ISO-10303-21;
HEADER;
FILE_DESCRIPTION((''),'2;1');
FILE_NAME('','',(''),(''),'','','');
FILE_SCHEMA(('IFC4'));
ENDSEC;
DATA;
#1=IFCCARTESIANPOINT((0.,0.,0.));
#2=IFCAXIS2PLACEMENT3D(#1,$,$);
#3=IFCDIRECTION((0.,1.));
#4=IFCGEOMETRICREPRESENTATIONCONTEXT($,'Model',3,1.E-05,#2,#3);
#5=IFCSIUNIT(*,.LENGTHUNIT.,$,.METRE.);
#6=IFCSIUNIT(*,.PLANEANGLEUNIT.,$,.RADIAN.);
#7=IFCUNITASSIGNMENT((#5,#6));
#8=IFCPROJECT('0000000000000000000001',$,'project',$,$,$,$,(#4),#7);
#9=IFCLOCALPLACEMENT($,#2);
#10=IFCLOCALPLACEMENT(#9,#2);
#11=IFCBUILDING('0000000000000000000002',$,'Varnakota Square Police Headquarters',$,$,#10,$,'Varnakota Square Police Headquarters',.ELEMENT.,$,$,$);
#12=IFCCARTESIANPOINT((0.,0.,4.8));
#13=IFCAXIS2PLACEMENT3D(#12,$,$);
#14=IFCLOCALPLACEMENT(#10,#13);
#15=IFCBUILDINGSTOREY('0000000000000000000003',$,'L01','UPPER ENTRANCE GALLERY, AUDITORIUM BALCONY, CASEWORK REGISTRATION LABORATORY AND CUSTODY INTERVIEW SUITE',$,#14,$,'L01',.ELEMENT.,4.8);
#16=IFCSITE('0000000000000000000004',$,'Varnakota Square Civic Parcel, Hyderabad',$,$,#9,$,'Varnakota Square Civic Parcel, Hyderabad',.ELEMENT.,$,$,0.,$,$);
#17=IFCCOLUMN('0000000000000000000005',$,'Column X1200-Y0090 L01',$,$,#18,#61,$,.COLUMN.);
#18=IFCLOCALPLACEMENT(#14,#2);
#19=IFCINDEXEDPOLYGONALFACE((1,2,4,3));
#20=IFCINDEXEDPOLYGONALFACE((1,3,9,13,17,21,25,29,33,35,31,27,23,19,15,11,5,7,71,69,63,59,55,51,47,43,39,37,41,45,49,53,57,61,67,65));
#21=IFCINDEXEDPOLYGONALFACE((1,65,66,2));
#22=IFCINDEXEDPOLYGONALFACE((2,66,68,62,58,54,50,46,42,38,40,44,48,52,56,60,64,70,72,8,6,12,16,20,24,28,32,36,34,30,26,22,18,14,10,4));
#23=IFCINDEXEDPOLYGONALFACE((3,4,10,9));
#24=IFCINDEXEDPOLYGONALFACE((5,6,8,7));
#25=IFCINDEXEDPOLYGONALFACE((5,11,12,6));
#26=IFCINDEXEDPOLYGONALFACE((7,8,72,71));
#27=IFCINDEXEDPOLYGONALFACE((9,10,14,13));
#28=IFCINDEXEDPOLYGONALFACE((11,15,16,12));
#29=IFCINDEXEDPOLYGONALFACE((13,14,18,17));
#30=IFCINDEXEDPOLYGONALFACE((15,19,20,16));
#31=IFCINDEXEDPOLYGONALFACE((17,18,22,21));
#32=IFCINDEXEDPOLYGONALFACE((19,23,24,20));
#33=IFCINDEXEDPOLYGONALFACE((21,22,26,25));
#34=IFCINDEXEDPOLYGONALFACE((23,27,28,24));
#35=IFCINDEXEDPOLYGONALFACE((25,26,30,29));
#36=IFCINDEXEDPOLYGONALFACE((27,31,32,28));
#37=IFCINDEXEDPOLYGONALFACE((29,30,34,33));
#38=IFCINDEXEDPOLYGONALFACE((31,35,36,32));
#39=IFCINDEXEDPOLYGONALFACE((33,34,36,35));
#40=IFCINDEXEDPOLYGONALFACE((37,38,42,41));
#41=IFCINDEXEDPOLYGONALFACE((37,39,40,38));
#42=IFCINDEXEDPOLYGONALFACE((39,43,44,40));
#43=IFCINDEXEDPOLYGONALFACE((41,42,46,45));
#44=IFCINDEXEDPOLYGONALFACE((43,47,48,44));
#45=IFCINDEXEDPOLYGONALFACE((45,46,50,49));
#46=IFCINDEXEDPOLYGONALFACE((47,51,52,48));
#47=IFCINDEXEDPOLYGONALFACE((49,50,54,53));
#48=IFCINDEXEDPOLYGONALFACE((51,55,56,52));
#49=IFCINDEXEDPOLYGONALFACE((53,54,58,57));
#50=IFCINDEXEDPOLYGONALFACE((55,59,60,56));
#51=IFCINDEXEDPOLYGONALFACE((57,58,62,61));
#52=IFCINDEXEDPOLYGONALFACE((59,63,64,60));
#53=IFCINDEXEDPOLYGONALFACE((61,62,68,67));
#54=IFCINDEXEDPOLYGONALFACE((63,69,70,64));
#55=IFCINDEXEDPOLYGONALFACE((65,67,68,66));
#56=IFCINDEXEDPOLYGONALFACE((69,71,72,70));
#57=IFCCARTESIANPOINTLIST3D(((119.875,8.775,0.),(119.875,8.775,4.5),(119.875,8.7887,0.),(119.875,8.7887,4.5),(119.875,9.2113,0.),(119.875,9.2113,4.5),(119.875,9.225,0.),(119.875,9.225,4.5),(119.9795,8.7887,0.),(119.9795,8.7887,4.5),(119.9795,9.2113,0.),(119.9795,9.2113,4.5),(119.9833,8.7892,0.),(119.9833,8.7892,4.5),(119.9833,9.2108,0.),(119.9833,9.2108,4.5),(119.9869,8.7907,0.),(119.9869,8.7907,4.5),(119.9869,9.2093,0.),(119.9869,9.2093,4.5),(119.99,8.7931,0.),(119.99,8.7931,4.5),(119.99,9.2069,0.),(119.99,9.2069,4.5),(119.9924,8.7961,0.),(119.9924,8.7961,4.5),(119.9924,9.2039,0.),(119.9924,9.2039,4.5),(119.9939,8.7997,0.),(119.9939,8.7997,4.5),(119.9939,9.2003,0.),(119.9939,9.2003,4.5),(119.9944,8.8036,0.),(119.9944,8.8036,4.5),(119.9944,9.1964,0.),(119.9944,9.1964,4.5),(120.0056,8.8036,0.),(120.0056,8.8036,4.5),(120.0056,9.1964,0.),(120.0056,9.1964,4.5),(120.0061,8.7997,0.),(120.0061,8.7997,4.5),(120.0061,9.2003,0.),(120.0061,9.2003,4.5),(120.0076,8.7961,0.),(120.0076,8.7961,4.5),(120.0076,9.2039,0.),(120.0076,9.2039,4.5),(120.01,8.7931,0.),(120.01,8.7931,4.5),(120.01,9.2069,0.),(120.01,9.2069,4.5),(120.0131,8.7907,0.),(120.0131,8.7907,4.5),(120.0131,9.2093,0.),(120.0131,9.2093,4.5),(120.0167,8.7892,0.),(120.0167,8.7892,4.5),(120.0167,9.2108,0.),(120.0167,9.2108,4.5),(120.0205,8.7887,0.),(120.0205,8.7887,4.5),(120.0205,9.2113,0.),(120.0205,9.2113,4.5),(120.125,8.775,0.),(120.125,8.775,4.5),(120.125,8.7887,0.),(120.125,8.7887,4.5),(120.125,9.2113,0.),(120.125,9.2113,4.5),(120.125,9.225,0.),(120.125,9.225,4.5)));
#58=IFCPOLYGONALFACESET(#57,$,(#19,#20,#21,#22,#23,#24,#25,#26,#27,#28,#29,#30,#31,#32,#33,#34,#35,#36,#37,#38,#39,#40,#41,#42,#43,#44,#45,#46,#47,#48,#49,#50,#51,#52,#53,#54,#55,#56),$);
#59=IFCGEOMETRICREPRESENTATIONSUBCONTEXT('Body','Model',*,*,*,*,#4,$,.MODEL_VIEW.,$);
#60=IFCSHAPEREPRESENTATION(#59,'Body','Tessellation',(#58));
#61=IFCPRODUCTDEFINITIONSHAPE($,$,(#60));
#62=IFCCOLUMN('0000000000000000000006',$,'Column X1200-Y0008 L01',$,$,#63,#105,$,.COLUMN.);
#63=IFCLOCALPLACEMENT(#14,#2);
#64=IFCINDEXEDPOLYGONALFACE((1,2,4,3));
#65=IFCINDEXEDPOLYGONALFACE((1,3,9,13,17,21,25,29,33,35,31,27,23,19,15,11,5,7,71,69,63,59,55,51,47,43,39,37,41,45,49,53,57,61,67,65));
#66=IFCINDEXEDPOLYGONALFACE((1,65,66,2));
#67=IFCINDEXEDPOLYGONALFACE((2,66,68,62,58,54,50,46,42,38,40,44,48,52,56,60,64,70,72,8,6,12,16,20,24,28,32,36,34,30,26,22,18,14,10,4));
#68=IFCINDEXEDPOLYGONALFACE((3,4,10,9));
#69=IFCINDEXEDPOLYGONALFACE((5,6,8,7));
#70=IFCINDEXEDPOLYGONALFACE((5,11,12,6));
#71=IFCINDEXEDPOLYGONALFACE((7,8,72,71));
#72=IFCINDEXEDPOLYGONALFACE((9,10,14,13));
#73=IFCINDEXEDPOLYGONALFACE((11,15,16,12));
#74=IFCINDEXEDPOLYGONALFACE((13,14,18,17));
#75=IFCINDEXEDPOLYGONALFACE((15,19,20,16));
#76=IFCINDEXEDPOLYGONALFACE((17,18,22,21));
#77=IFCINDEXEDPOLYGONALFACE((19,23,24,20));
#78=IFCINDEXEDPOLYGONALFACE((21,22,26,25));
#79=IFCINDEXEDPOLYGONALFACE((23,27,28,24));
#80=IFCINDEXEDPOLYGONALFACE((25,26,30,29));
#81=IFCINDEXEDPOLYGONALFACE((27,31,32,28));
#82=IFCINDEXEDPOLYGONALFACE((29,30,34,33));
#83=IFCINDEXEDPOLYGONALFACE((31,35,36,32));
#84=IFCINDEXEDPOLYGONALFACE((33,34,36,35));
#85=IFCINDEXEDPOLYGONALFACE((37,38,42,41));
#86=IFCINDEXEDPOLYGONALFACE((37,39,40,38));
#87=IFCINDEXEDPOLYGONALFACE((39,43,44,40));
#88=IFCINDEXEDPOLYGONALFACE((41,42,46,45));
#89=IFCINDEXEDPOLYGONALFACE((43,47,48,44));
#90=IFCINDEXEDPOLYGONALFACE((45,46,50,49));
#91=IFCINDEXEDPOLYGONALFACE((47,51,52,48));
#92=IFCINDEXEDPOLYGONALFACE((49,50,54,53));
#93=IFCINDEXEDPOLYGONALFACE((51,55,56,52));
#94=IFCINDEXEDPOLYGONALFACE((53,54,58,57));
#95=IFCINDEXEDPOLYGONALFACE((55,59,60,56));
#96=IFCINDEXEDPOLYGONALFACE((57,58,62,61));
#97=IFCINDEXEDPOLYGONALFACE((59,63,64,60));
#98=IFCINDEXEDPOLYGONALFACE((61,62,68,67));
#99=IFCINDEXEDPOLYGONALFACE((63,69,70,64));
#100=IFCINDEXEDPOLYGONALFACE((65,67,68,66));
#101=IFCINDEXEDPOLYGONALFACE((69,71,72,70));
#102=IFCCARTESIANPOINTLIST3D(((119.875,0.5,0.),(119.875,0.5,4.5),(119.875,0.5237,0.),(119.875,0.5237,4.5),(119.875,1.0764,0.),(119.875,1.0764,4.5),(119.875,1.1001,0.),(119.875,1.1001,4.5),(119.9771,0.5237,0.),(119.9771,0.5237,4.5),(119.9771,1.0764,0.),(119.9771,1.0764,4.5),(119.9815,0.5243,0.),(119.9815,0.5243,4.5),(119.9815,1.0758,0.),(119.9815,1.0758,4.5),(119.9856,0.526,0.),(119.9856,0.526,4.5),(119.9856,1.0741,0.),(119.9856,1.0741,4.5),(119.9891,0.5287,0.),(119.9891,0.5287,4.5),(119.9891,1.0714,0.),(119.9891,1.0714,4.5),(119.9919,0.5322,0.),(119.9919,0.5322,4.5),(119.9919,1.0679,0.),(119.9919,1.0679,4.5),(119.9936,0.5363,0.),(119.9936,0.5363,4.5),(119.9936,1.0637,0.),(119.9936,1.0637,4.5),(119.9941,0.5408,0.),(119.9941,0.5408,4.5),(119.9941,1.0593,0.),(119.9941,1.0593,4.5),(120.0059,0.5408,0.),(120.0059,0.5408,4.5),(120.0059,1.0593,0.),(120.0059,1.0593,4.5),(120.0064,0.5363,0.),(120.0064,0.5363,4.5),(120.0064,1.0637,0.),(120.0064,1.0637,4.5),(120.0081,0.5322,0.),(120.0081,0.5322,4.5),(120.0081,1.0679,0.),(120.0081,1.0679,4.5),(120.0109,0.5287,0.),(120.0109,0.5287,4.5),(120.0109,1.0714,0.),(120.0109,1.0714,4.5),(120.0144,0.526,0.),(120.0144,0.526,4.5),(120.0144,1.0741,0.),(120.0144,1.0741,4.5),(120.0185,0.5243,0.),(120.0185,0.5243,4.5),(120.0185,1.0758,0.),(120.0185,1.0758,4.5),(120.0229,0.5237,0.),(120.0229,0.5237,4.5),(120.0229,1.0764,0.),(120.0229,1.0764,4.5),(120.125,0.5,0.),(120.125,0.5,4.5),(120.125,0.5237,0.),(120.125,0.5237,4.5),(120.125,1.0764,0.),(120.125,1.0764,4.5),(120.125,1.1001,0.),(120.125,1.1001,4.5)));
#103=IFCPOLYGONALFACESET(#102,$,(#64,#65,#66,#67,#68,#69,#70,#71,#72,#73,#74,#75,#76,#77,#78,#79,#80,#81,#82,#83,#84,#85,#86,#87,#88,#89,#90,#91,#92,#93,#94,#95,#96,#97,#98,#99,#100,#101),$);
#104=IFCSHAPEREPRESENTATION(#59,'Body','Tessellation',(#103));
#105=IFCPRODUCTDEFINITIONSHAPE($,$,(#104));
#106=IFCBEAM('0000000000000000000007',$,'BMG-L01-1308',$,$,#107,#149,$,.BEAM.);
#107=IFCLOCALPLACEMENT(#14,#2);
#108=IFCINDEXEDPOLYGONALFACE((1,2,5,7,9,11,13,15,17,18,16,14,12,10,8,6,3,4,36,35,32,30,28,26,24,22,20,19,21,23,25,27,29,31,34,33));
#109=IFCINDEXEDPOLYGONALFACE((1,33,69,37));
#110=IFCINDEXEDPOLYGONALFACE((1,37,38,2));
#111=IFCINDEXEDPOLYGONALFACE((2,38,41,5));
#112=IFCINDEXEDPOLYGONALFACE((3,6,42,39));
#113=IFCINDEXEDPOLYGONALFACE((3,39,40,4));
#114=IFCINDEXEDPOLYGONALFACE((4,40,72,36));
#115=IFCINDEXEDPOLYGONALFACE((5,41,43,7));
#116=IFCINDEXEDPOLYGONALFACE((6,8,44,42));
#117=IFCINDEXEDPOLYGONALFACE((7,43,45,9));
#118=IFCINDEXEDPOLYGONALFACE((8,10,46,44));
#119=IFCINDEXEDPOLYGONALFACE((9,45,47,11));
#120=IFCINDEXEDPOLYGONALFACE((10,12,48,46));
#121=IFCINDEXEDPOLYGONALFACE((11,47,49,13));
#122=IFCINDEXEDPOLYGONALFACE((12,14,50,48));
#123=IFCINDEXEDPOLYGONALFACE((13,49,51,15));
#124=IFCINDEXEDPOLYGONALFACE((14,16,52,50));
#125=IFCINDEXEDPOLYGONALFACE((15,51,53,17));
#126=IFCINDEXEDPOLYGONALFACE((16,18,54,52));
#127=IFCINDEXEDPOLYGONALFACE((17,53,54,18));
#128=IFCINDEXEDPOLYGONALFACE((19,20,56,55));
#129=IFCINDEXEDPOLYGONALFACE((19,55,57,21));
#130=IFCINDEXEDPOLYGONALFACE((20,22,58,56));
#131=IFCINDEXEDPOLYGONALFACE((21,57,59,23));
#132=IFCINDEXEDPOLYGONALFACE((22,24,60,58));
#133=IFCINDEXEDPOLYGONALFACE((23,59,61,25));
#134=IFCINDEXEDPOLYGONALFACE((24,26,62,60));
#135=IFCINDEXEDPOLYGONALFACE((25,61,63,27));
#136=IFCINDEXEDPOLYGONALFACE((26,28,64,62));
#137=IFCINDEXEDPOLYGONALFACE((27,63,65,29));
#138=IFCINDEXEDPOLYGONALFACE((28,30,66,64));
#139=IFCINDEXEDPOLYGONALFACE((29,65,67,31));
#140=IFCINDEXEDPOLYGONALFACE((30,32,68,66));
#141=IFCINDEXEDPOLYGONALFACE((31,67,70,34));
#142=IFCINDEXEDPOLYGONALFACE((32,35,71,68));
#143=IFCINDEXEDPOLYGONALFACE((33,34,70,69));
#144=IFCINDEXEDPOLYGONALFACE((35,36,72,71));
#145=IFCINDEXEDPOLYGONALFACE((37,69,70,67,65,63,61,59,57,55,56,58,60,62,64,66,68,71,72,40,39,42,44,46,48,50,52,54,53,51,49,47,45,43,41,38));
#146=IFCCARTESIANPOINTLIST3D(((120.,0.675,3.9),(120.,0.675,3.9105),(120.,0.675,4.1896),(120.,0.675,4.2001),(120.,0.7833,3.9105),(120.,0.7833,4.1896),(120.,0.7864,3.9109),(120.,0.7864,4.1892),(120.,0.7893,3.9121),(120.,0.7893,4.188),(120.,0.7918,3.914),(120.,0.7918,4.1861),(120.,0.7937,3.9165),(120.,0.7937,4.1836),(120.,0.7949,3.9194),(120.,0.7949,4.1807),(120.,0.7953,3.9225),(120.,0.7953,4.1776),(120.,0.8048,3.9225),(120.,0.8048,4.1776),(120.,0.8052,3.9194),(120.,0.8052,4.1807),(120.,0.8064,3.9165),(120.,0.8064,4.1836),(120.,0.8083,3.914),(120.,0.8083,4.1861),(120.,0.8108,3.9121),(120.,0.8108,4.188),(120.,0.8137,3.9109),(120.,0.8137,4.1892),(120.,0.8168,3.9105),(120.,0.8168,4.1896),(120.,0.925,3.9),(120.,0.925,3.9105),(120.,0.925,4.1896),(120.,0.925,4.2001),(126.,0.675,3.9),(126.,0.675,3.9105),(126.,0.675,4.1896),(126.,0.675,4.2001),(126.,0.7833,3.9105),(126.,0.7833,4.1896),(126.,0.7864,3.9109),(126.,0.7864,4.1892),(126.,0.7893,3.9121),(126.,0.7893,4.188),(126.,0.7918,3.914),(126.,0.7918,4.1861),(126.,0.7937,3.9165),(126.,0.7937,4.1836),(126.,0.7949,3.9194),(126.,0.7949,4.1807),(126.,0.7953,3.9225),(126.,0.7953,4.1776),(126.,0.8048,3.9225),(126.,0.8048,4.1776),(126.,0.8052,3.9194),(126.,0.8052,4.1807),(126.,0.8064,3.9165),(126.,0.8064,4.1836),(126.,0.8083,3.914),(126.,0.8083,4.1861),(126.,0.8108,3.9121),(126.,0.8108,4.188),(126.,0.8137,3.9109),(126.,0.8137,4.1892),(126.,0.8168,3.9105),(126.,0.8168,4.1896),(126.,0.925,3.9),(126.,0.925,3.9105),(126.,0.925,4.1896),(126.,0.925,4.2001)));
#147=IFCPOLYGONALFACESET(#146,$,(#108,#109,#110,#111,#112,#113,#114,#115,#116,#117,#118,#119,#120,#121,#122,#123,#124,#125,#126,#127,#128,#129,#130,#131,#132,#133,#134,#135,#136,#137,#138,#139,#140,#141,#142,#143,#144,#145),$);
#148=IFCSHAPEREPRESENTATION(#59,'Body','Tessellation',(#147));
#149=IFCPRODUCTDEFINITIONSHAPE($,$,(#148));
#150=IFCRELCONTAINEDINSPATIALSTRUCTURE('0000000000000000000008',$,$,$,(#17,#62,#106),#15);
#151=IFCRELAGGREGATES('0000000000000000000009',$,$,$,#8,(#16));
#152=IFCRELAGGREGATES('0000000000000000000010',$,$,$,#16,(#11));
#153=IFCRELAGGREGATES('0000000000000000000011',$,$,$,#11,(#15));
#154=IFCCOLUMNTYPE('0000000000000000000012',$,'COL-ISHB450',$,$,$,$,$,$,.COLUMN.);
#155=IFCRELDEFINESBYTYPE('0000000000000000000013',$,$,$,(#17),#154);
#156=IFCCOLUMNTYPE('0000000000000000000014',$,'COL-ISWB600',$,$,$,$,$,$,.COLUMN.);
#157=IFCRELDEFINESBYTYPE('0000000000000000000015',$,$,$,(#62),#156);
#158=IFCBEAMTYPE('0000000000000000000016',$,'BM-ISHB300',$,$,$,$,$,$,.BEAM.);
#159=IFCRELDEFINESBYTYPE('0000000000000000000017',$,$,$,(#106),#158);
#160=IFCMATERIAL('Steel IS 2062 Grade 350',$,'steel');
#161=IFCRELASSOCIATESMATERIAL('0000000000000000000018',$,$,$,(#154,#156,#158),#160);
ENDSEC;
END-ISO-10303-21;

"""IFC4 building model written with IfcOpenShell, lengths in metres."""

from ifc_helpers import new_model, si_unit, direction, frame, origin, origin_2d, place, context, subcontext, project, spatial, i_section, extrude, material, material_profile, profile_set, type_object, element, save


model = new_model("IFC4")

# Units and contexts
model_context = context("Model", 3, precision=1e-05, world=origin(), true_north=direction((0.0, 1.0)))
body_context = subcontext(model_context, "Body", "Model", "MODEL_VIEW")
ifc_project = project(units=[si_unit("LENGTHUNIT", "METRE"), si_unit("PLANEANGLEUNIT", "RADIAN")], contexts=[model_context])

# Site, building, storey
site_placement = place(None, origin())
site = spatial("IfcSite", under=ifc_project, at=site_placement, Name="Varnakota Square Civic Parcel, Hyderabad", LongName="Varnakota Square Civic Parcel, Hyderabad", CompositionType="ELEMENT", RefElevation=0.0)
building_placement = place(site_placement, origin())
building = spatial("IfcBuilding", under=site, at=building_placement, Name="Varnakota Square Police Headquarters", LongName="Varnakota Square Police Headquarters", CompositionType="ELEMENT")
storey_placement = place(building_placement, frame((0.0, 0.0, 4.8)))
storey = spatial("IfcBuildingStorey", under=building, at=storey_placement, Name="L01", Description="UPPER ENTRANCE GALLERY, AUDITORIUM BALCONY, CASEWORK REGISTRATION LABORATORY AND CUSTODY INTERVIEW SUITE", LongName="L01", CompositionType="ELEMENT", Elevation=4.8)

# Columns
ifc_material_1 = material(Name="Steel IS 2062 Grade 350", Category="steel")
ifc_material_profile_1 = material_profile(ifc_material_1, i_section(OverallWidth=0.25, OverallDepth=0.45, WebThickness=0.0112, FlangeThickness=0.0137, FilletRadius=0.0149, at=origin_2d()), Name="ISHB 450")
ifc_profile_set_1 = profile_set([ifc_material_profile_1], Name="Steel IS 2062 Grade 350")
column_type_1 = type_object("IfcColumnType", Name="COL-ISHB450", PredefinedType="COLUMN", material=ifc_profile_set_1)
column_1_placement = place(storey_placement, frame((120.0, 9.0, 0.0), z_axis=(0.0, 0.0, 1.0), x_axis=(1.0, 0.0, 0.0)))
element("IfcColumn", 1, at=column_1_placement, inside=storey, type_object=column_type_1, Name="Column X1200-Y0090 L01", PredefinedType="COLUMN", context=body_context, shape_type="SweptSolid", body=[
    extrude(i_section(OverallWidth=0.25, OverallDepth=0.45, WebThickness=0.0112, FlangeThickness=0.0137, FilletRadius=0.0149, at=origin_2d()), origin(), (0.0, 0.0, 1.0), 4.5),
])
ifc_material_profile_2 = material_profile(ifc_material_1, i_section(OverallWidth=0.25, OverallDepth=0.6001, WebThickness=0.0117, FlangeThickness=0.0237, FilletRadius=0.0171, at=origin_2d()), Name="ISWB 600")
ifc_profile_set_2 = profile_set([ifc_material_profile_2], Name="Steel IS 2062 Grade 350")
column_type_2 = type_object("IfcColumnType", Name="COL-ISWB600", PredefinedType="COLUMN", material=ifc_profile_set_2)
column_2_placement = place(storey_placement, frame((120.0, 0.8, 0.0), z_axis=(0.0, 0.0, 1.0), x_axis=(1.0, 0.0, 0.0)))
element("IfcColumn", 2, at=column_2_placement, inside=storey, type_object=column_type_2, Name="Column X1200-Y0008 L01", PredefinedType="COLUMN", context=body_context, shape_type="SweptSolid", body=[
    extrude(i_section(OverallWidth=0.25, OverallDepth=0.6001, WebThickness=0.0117, FlangeThickness=0.0237, FilletRadius=0.0171, at=origin_2d()), origin(), (0.0, 0.0, 1.0), 4.5),
])

# Beam
ifc_material_profile_3 = material_profile(ifc_material_1, i_section(OverallWidth=0.25, OverallDepth=0.3, WebThickness=0.0095, FlangeThickness=0.0105, FilletRadius=0.012, at=origin_2d()), Name="ISHB 300")
ifc_profile_set_3 = profile_set([ifc_material_profile_3], Name="Steel IS 2062 Grade 350")
beam_type_1 = type_object("IfcBeamType", Name="BM-ISHB300", PredefinedType="BEAM", material=ifc_profile_set_3)
beam_1_placement = place(storey_placement, frame((120.0, 0.8, 4.05), z_axis=(1.0, 0.0, 0.0), x_axis=(0.0, 1.0, 0.0)))
element("IfcBeam", 3, at=beam_1_placement, inside=storey, type_object=beam_type_1, Name="BMG-L01-1308", PredefinedType="BEAM", context=body_context, shape_type="SweptSolid", body=[
    extrude(i_section(OverallWidth=0.25, OverallDepth=0.3, WebThickness=0.0095, FlangeThickness=0.0105, FilletRadius=0.012, at=origin_2d()), origin(), (0.0, 0.0, 1.0), 6.0),
])

save(model, "model.ifc")
